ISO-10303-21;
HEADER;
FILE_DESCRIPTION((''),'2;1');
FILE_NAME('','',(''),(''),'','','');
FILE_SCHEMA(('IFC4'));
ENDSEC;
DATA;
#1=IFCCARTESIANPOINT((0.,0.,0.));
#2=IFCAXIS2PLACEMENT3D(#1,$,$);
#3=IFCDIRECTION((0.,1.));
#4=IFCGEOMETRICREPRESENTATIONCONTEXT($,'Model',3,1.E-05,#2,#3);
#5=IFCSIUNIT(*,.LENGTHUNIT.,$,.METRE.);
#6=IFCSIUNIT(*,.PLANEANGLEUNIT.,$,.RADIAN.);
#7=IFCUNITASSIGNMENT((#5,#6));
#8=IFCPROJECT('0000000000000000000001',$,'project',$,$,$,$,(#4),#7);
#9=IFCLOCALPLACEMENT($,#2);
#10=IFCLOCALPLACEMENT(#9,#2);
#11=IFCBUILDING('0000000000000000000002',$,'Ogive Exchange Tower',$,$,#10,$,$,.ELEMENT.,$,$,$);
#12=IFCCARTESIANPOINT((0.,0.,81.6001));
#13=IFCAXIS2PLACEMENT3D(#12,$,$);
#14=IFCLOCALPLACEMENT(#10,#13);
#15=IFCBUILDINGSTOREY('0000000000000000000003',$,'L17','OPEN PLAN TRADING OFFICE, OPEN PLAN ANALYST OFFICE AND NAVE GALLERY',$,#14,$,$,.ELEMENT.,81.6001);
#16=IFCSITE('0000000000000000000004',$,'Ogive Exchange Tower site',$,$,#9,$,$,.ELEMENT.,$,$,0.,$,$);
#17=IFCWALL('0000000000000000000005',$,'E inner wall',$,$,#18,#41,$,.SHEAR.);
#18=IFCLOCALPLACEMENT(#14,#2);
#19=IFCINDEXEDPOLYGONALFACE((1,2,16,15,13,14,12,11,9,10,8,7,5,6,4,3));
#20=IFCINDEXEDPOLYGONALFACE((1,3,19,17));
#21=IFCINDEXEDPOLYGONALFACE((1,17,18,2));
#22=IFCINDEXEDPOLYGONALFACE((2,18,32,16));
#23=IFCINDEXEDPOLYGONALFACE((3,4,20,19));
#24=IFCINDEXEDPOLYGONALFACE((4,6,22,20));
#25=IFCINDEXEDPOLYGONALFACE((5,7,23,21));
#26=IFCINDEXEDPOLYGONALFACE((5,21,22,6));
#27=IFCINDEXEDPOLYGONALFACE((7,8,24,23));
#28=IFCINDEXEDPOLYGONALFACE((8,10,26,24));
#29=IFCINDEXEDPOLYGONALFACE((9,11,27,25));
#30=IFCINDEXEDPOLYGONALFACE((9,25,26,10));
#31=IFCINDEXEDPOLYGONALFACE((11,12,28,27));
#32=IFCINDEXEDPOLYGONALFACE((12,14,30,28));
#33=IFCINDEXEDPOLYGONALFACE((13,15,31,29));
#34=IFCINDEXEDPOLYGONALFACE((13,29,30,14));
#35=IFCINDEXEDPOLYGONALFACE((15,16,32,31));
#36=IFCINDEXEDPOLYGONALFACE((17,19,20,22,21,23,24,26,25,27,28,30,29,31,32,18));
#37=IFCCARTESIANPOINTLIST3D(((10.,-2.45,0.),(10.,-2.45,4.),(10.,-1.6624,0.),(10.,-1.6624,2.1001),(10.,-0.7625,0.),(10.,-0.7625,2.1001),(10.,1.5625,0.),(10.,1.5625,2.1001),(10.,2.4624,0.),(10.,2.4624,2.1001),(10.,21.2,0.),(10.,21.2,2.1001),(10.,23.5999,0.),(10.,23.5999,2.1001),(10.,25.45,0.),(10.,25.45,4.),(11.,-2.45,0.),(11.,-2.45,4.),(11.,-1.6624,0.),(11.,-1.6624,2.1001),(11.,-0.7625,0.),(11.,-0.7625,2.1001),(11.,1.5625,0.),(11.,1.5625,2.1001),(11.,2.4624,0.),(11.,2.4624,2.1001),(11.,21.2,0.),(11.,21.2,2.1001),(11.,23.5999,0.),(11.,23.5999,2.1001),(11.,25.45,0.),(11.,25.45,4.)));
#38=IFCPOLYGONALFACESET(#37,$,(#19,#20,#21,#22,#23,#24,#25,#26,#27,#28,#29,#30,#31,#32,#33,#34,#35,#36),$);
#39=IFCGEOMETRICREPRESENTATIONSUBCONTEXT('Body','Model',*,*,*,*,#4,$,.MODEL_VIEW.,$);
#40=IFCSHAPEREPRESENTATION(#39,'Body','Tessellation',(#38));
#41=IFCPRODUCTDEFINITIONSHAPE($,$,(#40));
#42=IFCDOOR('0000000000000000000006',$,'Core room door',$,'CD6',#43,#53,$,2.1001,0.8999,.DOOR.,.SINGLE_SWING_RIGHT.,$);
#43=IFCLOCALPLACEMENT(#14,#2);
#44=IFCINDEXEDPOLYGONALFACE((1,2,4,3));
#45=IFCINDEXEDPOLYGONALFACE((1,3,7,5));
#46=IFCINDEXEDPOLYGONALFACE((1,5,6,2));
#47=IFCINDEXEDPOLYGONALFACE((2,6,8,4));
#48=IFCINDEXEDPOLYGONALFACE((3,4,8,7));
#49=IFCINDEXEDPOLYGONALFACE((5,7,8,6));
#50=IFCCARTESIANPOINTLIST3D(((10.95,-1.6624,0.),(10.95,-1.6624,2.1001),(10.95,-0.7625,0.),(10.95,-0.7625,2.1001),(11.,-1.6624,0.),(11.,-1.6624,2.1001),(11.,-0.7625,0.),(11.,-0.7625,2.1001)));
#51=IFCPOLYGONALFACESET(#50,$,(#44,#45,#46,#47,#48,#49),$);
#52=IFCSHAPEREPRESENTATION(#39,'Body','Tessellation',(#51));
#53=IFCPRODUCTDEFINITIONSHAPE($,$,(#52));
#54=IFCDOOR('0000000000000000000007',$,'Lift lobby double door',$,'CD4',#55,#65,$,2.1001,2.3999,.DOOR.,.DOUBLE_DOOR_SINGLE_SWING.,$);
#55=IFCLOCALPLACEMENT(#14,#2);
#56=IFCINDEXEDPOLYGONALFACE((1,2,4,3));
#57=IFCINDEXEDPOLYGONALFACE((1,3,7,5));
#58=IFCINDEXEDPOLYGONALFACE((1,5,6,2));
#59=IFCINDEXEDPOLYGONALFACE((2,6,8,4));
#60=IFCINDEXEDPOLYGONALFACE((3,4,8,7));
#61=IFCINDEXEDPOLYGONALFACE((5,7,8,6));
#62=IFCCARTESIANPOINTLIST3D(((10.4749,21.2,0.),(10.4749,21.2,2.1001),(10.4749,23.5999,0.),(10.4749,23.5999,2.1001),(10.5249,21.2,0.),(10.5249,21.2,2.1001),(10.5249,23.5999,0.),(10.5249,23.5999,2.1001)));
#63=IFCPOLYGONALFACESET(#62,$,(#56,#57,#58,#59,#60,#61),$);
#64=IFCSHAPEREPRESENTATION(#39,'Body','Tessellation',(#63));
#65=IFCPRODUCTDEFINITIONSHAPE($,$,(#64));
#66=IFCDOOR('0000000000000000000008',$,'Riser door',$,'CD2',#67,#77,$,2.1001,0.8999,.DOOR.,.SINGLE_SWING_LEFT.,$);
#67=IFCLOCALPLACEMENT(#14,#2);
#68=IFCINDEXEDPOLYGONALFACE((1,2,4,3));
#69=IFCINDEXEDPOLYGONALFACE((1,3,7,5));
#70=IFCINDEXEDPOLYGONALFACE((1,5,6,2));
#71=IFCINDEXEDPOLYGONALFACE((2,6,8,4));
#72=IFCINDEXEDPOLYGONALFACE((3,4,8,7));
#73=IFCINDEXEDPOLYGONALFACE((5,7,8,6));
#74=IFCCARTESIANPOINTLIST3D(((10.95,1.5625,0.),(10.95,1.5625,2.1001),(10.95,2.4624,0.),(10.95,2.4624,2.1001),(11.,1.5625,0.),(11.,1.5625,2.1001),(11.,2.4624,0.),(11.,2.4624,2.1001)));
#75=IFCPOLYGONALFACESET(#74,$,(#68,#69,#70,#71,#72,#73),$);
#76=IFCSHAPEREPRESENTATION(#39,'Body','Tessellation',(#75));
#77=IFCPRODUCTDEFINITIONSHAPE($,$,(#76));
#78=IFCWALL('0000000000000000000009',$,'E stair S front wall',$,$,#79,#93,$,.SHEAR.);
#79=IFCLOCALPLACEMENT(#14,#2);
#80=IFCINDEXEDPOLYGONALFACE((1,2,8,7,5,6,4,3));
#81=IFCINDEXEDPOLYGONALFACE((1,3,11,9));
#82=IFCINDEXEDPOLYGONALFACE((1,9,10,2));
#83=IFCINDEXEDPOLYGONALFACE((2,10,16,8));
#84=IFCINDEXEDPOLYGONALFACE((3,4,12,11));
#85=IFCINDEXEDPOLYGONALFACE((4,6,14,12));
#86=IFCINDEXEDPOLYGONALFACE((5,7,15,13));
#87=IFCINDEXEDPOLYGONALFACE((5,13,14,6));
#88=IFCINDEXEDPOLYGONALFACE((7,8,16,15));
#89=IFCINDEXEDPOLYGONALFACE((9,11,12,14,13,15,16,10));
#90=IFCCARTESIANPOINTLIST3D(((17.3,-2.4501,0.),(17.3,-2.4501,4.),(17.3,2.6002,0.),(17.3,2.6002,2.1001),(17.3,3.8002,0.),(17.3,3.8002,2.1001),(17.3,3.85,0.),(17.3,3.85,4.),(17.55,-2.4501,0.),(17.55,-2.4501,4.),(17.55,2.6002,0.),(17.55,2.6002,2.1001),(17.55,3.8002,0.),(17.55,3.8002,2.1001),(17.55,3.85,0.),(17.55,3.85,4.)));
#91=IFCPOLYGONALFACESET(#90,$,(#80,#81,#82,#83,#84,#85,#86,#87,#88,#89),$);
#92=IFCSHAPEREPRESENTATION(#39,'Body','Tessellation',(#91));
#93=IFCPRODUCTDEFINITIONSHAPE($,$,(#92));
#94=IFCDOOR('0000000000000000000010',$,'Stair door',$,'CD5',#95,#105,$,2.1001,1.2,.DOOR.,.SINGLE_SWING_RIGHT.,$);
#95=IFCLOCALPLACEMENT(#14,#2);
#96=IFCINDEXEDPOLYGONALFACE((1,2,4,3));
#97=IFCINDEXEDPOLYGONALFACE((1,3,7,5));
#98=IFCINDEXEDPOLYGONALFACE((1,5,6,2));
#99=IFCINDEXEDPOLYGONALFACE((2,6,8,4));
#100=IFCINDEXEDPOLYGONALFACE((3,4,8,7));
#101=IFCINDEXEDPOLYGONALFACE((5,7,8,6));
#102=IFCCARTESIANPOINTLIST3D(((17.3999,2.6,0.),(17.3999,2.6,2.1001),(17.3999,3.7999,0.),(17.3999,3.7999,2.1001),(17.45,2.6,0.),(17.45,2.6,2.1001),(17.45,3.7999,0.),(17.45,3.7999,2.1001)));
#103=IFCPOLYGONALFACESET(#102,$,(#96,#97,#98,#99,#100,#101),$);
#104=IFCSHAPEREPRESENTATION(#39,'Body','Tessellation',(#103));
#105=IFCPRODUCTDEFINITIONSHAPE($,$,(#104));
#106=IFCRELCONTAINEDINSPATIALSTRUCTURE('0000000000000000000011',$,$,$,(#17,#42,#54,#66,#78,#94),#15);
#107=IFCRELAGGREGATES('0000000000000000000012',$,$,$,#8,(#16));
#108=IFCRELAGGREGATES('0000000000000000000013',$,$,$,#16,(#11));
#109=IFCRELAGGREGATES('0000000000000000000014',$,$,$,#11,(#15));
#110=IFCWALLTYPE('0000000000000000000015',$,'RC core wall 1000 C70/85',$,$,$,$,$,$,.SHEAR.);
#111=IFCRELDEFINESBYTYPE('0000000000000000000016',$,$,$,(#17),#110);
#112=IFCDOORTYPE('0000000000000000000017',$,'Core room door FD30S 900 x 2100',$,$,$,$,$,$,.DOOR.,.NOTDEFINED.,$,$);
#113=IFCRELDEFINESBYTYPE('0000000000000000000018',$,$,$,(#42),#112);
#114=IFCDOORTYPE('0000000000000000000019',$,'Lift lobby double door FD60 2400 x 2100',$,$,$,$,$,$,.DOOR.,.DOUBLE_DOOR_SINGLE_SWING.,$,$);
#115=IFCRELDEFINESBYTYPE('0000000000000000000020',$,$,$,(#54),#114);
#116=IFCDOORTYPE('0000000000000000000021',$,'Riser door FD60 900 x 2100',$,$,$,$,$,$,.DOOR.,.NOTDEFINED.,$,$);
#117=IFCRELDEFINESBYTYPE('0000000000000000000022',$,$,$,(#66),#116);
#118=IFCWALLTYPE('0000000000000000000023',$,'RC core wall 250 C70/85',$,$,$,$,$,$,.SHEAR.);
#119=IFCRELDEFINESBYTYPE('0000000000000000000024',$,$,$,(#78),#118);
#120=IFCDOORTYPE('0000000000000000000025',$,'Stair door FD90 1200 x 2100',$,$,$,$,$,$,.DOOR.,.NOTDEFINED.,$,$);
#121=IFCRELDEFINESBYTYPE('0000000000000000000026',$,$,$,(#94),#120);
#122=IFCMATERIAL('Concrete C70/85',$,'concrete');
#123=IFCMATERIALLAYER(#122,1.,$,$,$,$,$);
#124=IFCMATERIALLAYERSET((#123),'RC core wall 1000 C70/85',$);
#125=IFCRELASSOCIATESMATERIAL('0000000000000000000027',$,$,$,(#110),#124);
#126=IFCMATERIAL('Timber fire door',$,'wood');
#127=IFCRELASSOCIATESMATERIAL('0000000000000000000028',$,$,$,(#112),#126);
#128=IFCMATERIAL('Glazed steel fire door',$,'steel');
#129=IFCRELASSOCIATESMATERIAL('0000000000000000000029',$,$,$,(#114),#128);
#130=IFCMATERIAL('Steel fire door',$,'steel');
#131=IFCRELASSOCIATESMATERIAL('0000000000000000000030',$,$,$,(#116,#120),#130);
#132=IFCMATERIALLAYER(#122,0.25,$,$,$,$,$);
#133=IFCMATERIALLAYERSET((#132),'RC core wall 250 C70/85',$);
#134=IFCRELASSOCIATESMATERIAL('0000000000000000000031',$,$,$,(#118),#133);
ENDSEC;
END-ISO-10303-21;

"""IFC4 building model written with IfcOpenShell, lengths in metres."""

from ifc_helpers import new_model, si_unit, direction, frame, frame_2d, origin, place, context, subcontext, project, spatial, rectangle, extrude, material, layer, layer_set, type_object, element, fill, save


model = new_model("IFC4")

# Units and contexts
model_context = context("Model", 3, precision=1e-05, world=origin(), true_north=direction((0.0, 1.0)))
body_context = subcontext(model_context, "Body", "Model", "MODEL_VIEW")
ifc_project = project(units=[si_unit("LENGTHUNIT", "METRE"), si_unit("PLANEANGLEUNIT", "RADIAN")], contexts=[model_context])

# Site, building, storey
site_placement = place(None, origin())
site = spatial("IfcSite", under=ifc_project, at=site_placement, Name="Ogive Exchange Tower site", CompositionType="ELEMENT", RefElevation=0.0)
building_placement = place(site_placement, origin())
building = spatial("IfcBuilding", under=site, at=building_placement, Name="Ogive Exchange Tower", CompositionType="ELEMENT")
storey_placement = place(building_placement, frame((0.0, 0.0, 81.6001)))
storey = spatial("IfcBuildingStorey", under=building, at=storey_placement, Name="L17", Description="OPEN PLAN TRADING OFFICE, OPEN PLAN ANALYST OFFICE AND NAVE GALLERY", CompositionType="ELEMENT", Elevation=81.6001)

# Shared definitions
ifc_material_1 = material(Name="Concrete C70/85", Category="concrete")

# Wall, openings, doors
ifc_layer_1 = layer(ifc_material_1, 1.0)
ifc_layer_set_1 = layer_set([ifc_layer_1], Name="RC core wall 1000 C70/85")
wall_type_1 = type_object("IfcWallType", Name="RC core wall 1000 C70/85", PredefinedType="SHEAR", material=ifc_layer_set_1)
wall_1_placement = place(storey_placement, frame((10.5, -2.45, 0.0), z_axis=(0.0, 0.0, 1.0), x_axis=(0.0, 1.0, 0.0)))
wall_1 = element("IfcWall", 1, at=wall_1_placement, inside=storey, type_object=wall_type_1, Name="E inner wall", PredefinedType="SHEAR", context=body_context, shape_type="SweptSolid", body=[
    extrude(rectangle(XDim=27.8999, YDim=1.0, at=frame_2d((13.95, 0.0))), origin(), (0.0, 0.0, 1.0), 4.0),
])
opening_1_placement = place(wall_1_placement, frame((23.6499, 0.0, 0.0)))
opening_1 = element("IfcOpeningElement", 2, at=opening_1_placement, cuts=wall_1, PredefinedType="OPENING", context=body_context, shape_type="SweptSolid", body=[
    extrude(rectangle(XDim=2.3999, YDim=2.1001, at=frame_2d((1.2, 1.05))), frame((0.0, 0.51, 0.0), z_axis=(0.0, -1.0, 0.0), x_axis=(1.0, 0.0, 0.0)), (0.0, 0.0, 1.0), 1.02),
])
opening_2_placement = place(wall_1_placement, frame((0.7876, 0.0, 0.0)))
opening_2 = element("IfcOpeningElement", 3, at=opening_2_placement, cuts=wall_1, PredefinedType="OPENING", context=body_context, shape_type="SweptSolid", body=[
    extrude(rectangle(XDim=0.8999, YDim=2.1001, at=frame_2d((0.45, 1.05))), frame((0.0, 0.51, 0.0), z_axis=(0.0, -1.0, 0.0), x_axis=(1.0, 0.0, 0.0)), (0.0, 0.0, 1.0), 1.02),
])
opening_3_placement = place(wall_1_placement, frame((4.0125, 0.0, 0.0)))
opening_3 = element("IfcOpeningElement", 4, at=opening_3_placement, cuts=wall_1, PredefinedType="OPENING", context=body_context, shape_type="SweptSolid", body=[
    extrude(rectangle(XDim=0.8999, YDim=2.1001, at=frame_2d((0.45, 1.05))), frame((0.0, 0.51, 0.0), z_axis=(0.0, -1.0, 0.0), x_axis=(1.0, 0.0, 0.0)), (0.0, 0.0, 1.0), 1.02),
])
ifc_material_2 = material(Name="Timber fire door", Category="wood")
door_type_1 = type_object("IfcDoorType", Name="Core room door FD30S 900 x 2100", OperationType="NOTDEFINED", PredefinedType="DOOR", material=ifc_material_2)
door_1_placement = place(opening_2_placement, frame((0.8999, -0.9502, 0.0), z_axis=(0.0, 0.0, 1.0), x_axis=(-1.0, 0.0, 0.0)))
door_1 = element("IfcDoor", 5, at=door_1_placement, inside=storey, type_object=door_type_1, Name="Core room door", ObjectType="CD6", OperationType="SINGLE_SWING_RIGHT", OverallHeight=2.1001, OverallWidth=0.8999, PredefinedType="DOOR", context=body_context, shape_type="SweptSolid", body=[
    extrude(rectangle(XDim=0.8999, YDim=2.1001, at=frame_2d((0.45, 1.05))), frame((0.0, -0.4502, 0.0), z_axis=(0.0, -1.0, 0.0), x_axis=(1.0, 0.0, 0.0)), (0.0, 0.0, 1.0), 0.05),
])
fill(opening_2, door_1)
ifc_material_3 = material(Name="Glazed steel fire door", Category="steel")
door_type_2 = type_object("IfcDoorType", Name="Lift lobby double door FD60 2400 x 2100", OperationType="DOUBLE_DOOR_SINGLE_SWING", PredefinedType="DOOR", material=ifc_material_3)
door_2_placement = place(opening_1_placement, frame((2.3999, 0.0, 0.0), z_axis=(0.0, 0.0, 1.0), x_axis=(-1.0, 0.0, 0.0)))
door_2 = element("IfcDoor", 6, at=door_2_placement, inside=storey, type_object=door_type_2, Name="Lift lobby double door", ObjectType="CD4", OperationType="DOUBLE_DOOR_SINGLE_SWING", OverallHeight=2.1001, OverallWidth=2.3999, PredefinedType="DOOR", context=body_context, shape_type="SweptSolid", body=[
    extrude(rectangle(XDim=2.3999, YDim=2.1001, at=frame_2d((1.2, 1.05))), frame((0.0, 0.0249, 0.0), z_axis=(0.0, -1.0, 0.0), x_axis=(1.0, 0.0, 0.0)), (0.0, 0.0, 1.0), 0.05),
])
fill(opening_1, door_2)
ifc_material_4 = material(Name="Steel fire door", Category="steel")
door_type_3 = type_object("IfcDoorType", Name="Riser door FD60 900 x 2100", OperationType="NOTDEFINED", PredefinedType="DOOR", material=ifc_material_4)
door_3_placement = place(opening_3_placement, frame((0.8999, -0.9502, 0.0), z_axis=(0.0, 0.0, 1.0), x_axis=(-1.0, 0.0, 0.0)))
door_3 = element("IfcDoor", 7, at=door_3_placement, inside=storey, type_object=door_type_3, Name="Riser door", ObjectType="CD2", OperationType="SINGLE_SWING_LEFT", OverallHeight=2.1001, OverallWidth=0.8999, PredefinedType="DOOR", context=body_context, shape_type="SweptSolid", body=[
    extrude(rectangle(XDim=0.8999, YDim=2.1001, at=frame_2d((0.45, 1.05))), frame((0.0, -0.4502, 0.0), z_axis=(0.0, -1.0, 0.0), x_axis=(1.0, 0.0, 0.0)), (0.0, 0.0, 1.0), 0.05),
])
fill(opening_3, door_3)

# Wall, opening, door
ifc_layer_2 = layer(ifc_material_1, 0.25)
ifc_layer_set_2 = layer_set([ifc_layer_2], Name="RC core wall 250 C70/85")
wall_type_2 = type_object("IfcWallType", Name="RC core wall 250 C70/85", PredefinedType="SHEAR", material=ifc_layer_set_2)
wall_2_placement = place(storey_placement, frame((17.425, -2.45, 0.0), z_axis=(0.0, 0.0, 1.0), x_axis=(0.0, 1.0, 0.0)))
wall_2 = element("IfcWall", 8, at=wall_2_placement, inside=storey, type_object=wall_type_2, Name="E stair S front wall", PredefinedType="SHEAR", context=body_context, shape_type="SweptSolid", body=[
    extrude(rectangle(XDim=6.3, YDim=0.25, at=frame_2d((3.1499, 0.0))), origin(), (0.0, 0.0, 1.0), 4.0),
])
opening_4_placement = place(wall_2_placement, frame((5.05, 0.0, 0.0)))
opening_4 = element("IfcOpeningElement", 9, at=opening_4_placement, cuts=wall_2, PredefinedType="OPENING", context=body_context, shape_type="SweptSolid", body=[
    extrude(rectangle(XDim=1.2, YDim=2.1001, at=frame_2d((0.6001, 1.05))), frame((0.0, 0.135, 0.0), z_axis=(0.0, -1.0, 0.0), x_axis=(1.0, 0.0, 0.0)), (0.0, 0.0, 1.0), 0.27),
])
door_type_4 = type_object("IfcDoorType", Name="Stair door FD90 1200 x 2100", OperationType="NOTDEFINED", PredefinedType="DOOR", material=ifc_material_4)
door_4_placement = place(opening_4_placement, frame((1.2, 0.0, 0.0), z_axis=(0.0, 0.0, 1.0), x_axis=(-1.0, 0.0, 0.0)))
door_4 = element("IfcDoor", 10, at=door_4_placement, inside=storey, type_object=door_type_4, Name="Stair door", ObjectType="CD5", OperationType="SINGLE_SWING_RIGHT", OverallHeight=2.1001, OverallWidth=1.2, PredefinedType="DOOR", context=body_context, shape_type="SweptSolid", body=[
    extrude(rectangle(XDim=1.2, YDim=2.1001, at=frame_2d((0.6001, 1.05))), frame((0.0, 0.0249, 0.0), z_axis=(0.0, -1.0, 0.0), x_axis=(1.0, 0.0, 0.0)), (0.0, 0.0, 1.0), 0.05),
])
fill(opening_4, door_4)

save(model, "model.ifc")
